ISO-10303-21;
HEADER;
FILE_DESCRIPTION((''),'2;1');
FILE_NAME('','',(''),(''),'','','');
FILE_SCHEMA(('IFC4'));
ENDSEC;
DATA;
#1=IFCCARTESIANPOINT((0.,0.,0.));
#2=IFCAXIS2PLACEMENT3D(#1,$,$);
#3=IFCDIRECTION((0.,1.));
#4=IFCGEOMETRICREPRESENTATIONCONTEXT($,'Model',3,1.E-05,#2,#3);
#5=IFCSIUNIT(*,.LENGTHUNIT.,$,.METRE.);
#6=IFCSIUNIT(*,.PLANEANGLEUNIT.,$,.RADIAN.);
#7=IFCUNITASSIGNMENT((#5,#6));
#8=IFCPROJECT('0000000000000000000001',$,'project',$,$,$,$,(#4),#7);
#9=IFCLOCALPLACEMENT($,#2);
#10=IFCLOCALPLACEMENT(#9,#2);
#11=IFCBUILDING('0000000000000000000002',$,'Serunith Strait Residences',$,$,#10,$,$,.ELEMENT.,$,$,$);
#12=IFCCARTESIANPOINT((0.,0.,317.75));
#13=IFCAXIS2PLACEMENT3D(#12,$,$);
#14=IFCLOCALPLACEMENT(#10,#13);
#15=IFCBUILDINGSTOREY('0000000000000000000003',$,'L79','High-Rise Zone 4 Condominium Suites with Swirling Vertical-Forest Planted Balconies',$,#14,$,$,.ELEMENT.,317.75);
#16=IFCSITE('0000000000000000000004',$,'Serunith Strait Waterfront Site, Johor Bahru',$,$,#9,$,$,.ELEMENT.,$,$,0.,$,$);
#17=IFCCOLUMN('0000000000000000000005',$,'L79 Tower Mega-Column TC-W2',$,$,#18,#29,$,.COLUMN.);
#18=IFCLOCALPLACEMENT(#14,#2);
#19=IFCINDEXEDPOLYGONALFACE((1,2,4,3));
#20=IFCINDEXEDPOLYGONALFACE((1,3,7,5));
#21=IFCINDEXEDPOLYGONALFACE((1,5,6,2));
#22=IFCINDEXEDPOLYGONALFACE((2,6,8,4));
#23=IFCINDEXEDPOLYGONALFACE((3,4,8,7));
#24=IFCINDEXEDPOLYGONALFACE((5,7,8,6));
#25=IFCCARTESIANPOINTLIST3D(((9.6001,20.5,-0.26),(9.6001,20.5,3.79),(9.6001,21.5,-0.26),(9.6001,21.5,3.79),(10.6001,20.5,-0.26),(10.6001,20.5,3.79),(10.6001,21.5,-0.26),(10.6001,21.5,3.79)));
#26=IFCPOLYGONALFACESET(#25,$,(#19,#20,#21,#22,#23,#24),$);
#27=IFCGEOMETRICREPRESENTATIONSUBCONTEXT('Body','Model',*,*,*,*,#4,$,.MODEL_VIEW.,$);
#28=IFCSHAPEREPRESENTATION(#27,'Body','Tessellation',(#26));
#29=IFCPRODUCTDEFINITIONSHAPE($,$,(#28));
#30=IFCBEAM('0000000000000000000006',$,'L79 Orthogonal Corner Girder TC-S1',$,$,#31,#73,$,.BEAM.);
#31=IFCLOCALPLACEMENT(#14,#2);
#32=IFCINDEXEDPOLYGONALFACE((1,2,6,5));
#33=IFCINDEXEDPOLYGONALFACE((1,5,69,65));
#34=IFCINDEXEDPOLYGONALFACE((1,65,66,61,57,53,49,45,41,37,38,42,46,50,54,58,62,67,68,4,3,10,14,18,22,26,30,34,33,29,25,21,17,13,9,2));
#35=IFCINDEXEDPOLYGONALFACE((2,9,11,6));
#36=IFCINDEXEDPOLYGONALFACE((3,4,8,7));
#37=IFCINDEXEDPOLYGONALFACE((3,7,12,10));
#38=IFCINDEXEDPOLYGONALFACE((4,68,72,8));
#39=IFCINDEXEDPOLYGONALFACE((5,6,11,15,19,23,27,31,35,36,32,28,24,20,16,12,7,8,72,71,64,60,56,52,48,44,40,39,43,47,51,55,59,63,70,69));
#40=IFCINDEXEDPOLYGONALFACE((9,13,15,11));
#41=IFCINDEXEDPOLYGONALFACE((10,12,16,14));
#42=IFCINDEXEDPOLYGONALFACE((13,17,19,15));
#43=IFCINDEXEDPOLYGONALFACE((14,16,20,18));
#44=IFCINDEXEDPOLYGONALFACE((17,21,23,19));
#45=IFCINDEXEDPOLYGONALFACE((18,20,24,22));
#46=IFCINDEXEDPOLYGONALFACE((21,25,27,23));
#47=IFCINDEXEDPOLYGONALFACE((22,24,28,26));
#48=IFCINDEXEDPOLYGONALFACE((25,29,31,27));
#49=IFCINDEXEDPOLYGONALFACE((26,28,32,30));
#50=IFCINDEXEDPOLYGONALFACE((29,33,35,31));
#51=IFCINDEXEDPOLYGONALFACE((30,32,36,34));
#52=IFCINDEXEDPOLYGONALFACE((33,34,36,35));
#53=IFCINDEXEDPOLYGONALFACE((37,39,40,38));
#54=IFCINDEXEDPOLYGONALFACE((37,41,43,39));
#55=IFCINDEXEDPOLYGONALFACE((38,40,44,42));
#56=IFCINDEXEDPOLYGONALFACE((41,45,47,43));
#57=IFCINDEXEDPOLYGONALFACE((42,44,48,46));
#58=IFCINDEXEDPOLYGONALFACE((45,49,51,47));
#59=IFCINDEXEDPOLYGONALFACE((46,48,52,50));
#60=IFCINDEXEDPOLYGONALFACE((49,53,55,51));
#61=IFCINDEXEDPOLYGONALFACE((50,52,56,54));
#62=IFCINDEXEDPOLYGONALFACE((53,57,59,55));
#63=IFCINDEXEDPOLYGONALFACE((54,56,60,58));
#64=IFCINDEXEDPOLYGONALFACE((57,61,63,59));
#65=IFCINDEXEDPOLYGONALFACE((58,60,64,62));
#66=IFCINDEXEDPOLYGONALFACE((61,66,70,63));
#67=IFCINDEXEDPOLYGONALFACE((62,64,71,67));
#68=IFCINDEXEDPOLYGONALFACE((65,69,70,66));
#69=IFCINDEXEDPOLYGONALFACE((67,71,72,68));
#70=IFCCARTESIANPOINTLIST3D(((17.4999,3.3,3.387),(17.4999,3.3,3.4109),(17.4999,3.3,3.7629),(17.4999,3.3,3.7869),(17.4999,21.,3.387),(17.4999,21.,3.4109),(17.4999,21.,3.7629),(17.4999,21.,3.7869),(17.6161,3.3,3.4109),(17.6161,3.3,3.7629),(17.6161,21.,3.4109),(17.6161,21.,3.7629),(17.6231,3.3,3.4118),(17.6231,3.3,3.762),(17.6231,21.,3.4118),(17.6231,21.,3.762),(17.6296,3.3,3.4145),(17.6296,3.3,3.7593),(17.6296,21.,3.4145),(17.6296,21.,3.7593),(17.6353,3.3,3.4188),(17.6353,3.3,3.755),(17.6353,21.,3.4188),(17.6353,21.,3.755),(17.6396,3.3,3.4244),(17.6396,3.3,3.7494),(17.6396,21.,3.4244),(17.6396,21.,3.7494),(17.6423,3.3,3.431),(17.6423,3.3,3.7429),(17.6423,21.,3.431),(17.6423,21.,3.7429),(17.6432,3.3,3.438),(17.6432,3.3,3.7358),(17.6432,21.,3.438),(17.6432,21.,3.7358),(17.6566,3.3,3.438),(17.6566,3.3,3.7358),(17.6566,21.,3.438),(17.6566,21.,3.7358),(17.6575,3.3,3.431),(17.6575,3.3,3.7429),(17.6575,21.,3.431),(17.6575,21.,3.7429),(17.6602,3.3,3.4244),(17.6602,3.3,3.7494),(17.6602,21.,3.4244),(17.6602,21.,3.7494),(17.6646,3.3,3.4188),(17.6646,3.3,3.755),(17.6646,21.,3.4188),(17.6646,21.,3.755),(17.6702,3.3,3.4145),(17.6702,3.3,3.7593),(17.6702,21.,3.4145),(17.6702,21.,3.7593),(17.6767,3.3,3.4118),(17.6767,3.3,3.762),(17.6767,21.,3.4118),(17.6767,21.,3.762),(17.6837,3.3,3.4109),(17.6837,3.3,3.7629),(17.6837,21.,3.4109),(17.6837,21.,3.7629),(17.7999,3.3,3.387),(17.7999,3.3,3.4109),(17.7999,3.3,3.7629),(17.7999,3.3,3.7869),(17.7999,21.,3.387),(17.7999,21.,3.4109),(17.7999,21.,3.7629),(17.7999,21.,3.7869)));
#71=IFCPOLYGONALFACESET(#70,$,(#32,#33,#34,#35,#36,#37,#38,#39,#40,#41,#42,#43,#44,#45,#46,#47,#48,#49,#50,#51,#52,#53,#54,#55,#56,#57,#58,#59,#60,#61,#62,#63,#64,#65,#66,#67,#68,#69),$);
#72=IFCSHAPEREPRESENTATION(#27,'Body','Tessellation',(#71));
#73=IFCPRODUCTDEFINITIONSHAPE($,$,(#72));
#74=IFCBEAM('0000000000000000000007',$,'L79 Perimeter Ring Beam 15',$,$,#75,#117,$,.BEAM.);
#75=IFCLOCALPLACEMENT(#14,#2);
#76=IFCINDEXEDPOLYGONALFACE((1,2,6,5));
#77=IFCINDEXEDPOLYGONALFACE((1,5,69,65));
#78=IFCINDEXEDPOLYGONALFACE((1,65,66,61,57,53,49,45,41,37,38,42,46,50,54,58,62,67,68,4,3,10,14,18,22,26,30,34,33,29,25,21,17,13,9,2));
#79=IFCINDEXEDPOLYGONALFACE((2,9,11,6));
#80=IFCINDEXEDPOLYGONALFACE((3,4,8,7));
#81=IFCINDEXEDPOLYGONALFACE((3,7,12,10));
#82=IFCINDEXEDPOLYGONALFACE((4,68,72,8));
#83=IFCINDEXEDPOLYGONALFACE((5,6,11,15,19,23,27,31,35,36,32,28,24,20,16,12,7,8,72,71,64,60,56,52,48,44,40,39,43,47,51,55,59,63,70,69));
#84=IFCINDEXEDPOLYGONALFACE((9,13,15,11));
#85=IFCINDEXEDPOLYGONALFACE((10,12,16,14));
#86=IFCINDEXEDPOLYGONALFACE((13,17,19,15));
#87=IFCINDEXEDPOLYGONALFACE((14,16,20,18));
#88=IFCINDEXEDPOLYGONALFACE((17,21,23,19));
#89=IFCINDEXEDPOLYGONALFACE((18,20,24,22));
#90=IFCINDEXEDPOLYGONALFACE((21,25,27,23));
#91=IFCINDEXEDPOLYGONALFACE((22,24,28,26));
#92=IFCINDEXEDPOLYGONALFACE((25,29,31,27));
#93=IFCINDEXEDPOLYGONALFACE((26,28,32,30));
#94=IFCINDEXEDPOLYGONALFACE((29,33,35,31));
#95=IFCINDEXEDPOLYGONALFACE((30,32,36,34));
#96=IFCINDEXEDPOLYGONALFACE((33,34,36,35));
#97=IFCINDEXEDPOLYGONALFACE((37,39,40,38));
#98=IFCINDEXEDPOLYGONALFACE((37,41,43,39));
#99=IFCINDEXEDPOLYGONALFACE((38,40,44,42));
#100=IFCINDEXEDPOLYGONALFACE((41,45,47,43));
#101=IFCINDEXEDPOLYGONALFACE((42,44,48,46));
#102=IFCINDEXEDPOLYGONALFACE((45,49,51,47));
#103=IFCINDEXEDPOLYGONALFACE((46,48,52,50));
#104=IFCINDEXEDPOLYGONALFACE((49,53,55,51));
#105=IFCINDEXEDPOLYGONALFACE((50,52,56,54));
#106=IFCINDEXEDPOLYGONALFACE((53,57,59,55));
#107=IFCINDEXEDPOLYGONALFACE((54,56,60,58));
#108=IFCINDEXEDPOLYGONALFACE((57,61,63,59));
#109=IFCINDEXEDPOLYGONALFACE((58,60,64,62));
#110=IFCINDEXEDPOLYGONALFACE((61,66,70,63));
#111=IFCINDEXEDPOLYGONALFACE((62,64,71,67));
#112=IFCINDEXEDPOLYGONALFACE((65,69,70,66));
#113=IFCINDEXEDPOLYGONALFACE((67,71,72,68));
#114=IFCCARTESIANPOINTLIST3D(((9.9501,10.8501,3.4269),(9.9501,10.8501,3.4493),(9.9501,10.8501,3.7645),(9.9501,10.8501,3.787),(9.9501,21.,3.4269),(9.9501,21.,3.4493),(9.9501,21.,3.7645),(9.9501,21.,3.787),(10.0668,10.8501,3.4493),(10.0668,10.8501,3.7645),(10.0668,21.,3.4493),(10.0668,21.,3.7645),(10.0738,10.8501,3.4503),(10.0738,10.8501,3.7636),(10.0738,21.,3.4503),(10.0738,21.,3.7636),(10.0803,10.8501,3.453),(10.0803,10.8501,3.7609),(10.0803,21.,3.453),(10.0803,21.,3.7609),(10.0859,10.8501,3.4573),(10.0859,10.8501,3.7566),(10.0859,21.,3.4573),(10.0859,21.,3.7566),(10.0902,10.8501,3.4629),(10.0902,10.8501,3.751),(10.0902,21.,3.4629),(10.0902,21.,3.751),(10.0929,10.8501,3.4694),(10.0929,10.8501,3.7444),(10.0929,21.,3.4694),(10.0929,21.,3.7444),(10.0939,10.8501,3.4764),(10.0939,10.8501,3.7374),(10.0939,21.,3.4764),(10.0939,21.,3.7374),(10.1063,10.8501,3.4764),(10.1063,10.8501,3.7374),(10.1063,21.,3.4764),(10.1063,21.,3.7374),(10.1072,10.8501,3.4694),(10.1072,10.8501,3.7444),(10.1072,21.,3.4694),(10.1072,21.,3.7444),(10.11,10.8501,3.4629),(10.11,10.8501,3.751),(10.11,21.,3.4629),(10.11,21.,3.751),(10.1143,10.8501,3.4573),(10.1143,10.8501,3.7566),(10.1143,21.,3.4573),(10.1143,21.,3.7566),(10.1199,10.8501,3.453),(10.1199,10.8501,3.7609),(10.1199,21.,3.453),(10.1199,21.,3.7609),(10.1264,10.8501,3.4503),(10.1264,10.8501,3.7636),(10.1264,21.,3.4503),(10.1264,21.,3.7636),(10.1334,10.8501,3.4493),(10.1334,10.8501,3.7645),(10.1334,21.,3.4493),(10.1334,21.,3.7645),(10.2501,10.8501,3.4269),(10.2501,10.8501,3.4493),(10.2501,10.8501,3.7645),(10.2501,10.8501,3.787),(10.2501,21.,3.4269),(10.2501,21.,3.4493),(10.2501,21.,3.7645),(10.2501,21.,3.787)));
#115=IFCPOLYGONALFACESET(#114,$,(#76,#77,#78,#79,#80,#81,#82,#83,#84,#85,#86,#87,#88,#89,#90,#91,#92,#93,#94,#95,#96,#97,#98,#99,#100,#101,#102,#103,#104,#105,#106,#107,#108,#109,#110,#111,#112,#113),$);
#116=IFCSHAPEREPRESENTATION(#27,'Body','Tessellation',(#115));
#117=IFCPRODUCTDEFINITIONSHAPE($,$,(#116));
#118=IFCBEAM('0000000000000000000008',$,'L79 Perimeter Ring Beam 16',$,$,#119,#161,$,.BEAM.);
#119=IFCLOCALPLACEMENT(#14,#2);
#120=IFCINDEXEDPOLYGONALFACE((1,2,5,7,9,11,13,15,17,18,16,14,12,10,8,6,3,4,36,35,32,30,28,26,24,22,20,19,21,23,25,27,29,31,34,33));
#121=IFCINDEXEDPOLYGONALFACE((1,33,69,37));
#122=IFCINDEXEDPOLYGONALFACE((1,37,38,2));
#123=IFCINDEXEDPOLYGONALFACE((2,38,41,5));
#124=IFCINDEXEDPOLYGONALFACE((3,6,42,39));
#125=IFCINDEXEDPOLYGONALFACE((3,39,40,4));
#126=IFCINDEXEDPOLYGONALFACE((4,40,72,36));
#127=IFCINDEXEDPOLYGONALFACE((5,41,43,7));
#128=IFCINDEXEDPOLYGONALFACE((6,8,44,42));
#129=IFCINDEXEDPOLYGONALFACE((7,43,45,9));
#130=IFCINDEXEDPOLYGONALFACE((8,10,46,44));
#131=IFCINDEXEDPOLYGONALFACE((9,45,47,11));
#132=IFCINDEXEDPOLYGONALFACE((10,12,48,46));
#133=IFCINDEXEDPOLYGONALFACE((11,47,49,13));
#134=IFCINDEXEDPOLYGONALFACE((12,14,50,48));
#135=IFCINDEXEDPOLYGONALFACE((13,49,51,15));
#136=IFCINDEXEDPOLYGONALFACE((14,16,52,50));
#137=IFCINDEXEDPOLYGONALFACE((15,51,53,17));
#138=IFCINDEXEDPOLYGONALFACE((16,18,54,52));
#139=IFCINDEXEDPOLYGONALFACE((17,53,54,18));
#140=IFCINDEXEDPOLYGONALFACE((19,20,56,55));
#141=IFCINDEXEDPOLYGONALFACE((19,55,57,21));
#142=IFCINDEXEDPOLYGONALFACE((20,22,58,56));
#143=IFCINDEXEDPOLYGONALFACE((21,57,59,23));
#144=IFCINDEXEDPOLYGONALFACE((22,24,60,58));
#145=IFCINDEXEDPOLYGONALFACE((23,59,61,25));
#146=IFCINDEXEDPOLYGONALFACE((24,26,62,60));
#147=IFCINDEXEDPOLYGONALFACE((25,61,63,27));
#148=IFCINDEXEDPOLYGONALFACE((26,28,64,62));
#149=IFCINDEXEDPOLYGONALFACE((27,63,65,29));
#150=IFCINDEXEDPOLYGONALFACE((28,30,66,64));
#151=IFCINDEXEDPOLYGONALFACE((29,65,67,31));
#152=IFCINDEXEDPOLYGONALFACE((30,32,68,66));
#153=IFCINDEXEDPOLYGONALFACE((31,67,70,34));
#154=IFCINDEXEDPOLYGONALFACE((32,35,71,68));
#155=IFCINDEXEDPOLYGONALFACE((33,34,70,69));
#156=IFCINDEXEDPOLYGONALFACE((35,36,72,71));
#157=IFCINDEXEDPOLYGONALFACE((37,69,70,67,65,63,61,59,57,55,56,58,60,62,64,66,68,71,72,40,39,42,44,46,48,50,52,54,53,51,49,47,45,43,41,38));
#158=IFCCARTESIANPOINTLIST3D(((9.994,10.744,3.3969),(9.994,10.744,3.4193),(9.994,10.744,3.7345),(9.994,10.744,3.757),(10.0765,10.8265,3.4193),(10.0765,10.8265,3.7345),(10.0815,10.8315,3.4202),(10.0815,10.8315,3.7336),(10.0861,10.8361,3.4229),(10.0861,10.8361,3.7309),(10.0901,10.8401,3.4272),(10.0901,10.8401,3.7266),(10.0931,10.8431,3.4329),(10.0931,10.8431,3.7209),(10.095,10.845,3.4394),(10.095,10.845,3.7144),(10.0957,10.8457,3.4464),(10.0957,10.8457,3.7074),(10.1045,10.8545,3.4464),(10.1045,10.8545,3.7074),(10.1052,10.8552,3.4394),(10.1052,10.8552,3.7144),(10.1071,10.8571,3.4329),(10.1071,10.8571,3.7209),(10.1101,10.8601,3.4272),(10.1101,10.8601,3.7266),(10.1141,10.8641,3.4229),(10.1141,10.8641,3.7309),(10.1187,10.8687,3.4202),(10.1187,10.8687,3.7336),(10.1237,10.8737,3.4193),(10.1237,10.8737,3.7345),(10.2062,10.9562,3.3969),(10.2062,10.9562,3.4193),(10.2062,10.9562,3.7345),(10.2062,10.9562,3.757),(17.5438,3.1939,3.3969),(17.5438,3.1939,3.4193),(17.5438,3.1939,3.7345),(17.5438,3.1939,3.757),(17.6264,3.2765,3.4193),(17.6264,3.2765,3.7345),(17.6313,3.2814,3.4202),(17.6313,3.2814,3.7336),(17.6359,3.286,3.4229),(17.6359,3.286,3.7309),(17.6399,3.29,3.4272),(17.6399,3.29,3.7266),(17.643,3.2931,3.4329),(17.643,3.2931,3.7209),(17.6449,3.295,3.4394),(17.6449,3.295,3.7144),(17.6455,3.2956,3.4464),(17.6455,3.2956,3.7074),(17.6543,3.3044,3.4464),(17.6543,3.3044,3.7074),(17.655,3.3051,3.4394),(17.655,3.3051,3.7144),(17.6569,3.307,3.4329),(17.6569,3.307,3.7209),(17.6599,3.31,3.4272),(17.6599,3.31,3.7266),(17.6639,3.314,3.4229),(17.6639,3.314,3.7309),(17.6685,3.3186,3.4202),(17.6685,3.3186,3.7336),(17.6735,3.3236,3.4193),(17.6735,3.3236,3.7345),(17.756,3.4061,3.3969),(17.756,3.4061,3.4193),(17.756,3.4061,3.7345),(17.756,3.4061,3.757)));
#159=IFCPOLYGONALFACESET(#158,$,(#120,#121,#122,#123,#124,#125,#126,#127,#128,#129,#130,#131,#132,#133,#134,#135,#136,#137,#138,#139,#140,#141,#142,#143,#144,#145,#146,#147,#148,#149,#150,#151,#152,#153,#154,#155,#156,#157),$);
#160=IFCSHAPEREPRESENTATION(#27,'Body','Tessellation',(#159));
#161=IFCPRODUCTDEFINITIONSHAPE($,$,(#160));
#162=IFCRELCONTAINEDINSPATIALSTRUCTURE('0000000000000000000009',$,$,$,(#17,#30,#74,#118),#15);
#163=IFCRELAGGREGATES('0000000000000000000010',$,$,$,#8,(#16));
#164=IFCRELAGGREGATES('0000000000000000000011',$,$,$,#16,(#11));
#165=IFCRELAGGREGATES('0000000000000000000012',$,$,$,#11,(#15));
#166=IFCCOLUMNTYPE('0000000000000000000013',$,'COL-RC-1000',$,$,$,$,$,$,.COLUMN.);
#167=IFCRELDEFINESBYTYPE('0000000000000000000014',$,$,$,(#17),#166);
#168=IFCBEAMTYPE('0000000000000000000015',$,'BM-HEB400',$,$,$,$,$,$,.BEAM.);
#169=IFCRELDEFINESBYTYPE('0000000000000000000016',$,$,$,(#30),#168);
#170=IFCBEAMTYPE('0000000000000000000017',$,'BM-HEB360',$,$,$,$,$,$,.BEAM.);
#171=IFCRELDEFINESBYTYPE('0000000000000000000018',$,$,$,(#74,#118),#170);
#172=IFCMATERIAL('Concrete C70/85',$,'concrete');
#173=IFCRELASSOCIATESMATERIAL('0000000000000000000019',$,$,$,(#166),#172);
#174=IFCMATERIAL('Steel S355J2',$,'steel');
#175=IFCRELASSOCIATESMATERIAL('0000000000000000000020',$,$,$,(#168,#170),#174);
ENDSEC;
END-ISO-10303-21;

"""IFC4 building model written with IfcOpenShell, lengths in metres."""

from ifc_helpers import new_model, si_unit, direction, frame, origin, origin_2d, place, context, subcontext, project, spatial, rectangle, i_section, extrude, source, transform, mapped, material, material_profile, profile_set, type_object, element, save


model = new_model("IFC4")

# Units and contexts
model_context = context("Model", 3, precision=1e-05, world=origin(), true_north=direction((0.0, 1.0)))
body_context = subcontext(model_context, "Body", "Model", "MODEL_VIEW")
ifc_project = project(units=[si_unit("LENGTHUNIT", "METRE"), si_unit("PLANEANGLEUNIT", "RADIAN")], contexts=[model_context])

# Site, building, storey
site_placement = place(None, origin())
site = spatial("IfcSite", under=ifc_project, at=site_placement, Name="Serunith Strait Waterfront Site, Johor Bahru", CompositionType="ELEMENT", RefElevation=0.0)
building_placement = place(site_placement, origin())
building = spatial("IfcBuilding", under=site, at=building_placement, Name="Serunith Strait Residences", CompositionType="ELEMENT")
storey_placement = place(building_placement, frame((0.0, 0.0, 317.75)))
storey = spatial("IfcBuildingStorey", under=building, at=storey_placement, Name="L79", Description="High-Rise Zone 4 Condominium Suites with Swirling Vertical-Forest Planted Balconies", CompositionType="ELEMENT", Elevation=317.75)

# Column
ifc_material_1 = material(Name="Concrete C70/85", Category="concrete")
ifc_material_profile_1 = material_profile(ifc_material_1, rectangle(XDim=1.0, YDim=1.0, at=origin_2d()), Name="RC 1000x1000")
ifc_profile_set_1 = profile_set([ifc_material_profile_1], Name="Concrete C70/85")
column_type = type_object("IfcColumnType", Name="COL-RC-1000", PredefinedType="COLUMN", material=ifc_profile_set_1)
shared_shape_1 = source(origin(), body_context, "Body", "SweptSolid", [
    extrude(rectangle(XDim=1.0, YDim=1.0, at=origin_2d()), origin(), (0.0, 0.0, 1.0), 4.05),
])
column_placement = place(storey_placement, frame((10.1001, 21.0, -0.26), z_axis=(0.0, 0.0, 1.0), x_axis=(1.0, 0.0, 0.0)))
element("IfcColumn", 1, at=column_placement, inside=storey, type_object=column_type, Name="L79 Tower Mega-Column TC-W2", PredefinedType="COLUMN", context=body_context, shape_type="MappedRepresentation", body=[
    mapped(shared_shape_1, transform((0.0, 0.0, 0.0), scale=1.0)),
])

# Beams
ifc_material_2 = material(Name="Steel S355J2", Category="steel")
ifc_material_profile_2 = material_profile(ifc_material_2, i_section(OverallWidth=0.3, OverallDepth=0.3999, WebThickness=0.0134, FlangeThickness=0.0239, FilletRadius=0.0271, at=origin_2d()), Name="HEB 400")
ifc_profile_set_2 = profile_set([ifc_material_profile_2], Name="Steel S355J2")
beam_type_1 = type_object("IfcBeamType", Name="BM-HEB400", PredefinedType="BEAM", material=ifc_profile_set_2)
shared_shape_2 = source(origin(), body_context, "Body", "SweptSolid", [
    extrude(i_section(OverallWidth=0.3, OverallDepth=0.3999, WebThickness=0.0134, FlangeThickness=0.0239, FilletRadius=0.0271, at=origin_2d()), origin(), (0.0, 0.0, 1.0), 17.7),
])
beam_1_placement = place(storey_placement, frame((17.6499, 21.0, 3.5869), z_axis=(0.0, -1.0, 0.0), x_axis=(1.0, 0.0, 0.0)))
element("IfcBeam", 2, at=beam_1_placement, inside=storey, type_object=beam_type_1, Name="L79 Orthogonal Corner Girder TC-S1", PredefinedType="BEAM", context=body_context, shape_type="MappedRepresentation", body=[
    mapped(shared_shape_2, transform((0.0, 0.0, 0.0), scale=1.0)),
])
ifc_material_profile_3 = material_profile(ifc_material_2, i_section(OverallWidth=0.3, OverallDepth=0.3601, WebThickness=0.0125, FlangeThickness=0.0225, FilletRadius=0.0271, at=origin_2d()), Name="HEB 360")
ifc_profile_set_3 = profile_set([ifc_material_profile_3], Name="Steel S355J2")
beam_type_2 = type_object("IfcBeamType", Name="BM-HEB360", PredefinedType="BEAM", material=ifc_profile_set_3)
shared_shape_3 = source(origin(), body_context, "Body", "SweptSolid", [
    extrude(i_section(OverallWidth=0.3, OverallDepth=0.3601, WebThickness=0.0125, FlangeThickness=0.0225, FilletRadius=0.0271, at=origin_2d()), origin(), (0.0, 0.0, 1.0), 10.1499),
])
beam_2_placement = place(storey_placement, frame((10.1001, 21.0, 3.6069), z_axis=(0.0, -1.0, 0.0), x_axis=(1.0, 0.0, 0.0)))
element("IfcBeam", 3, at=beam_2_placement, inside=storey, type_object=beam_type_2, Name="L79 Perimeter Ring Beam 15", PredefinedType="BEAM", context=body_context, shape_type="MappedRepresentation", body=[
    mapped(shared_shape_3, transform((0.0, 0.0, 0.0), scale=1.0)),
])
shared_shape_4 = source(origin(), body_context, "Body", "SweptSolid", [
    extrude(i_section(OverallWidth=0.3, OverallDepth=0.3601, WebThickness=0.0125, FlangeThickness=0.0225, FilletRadius=0.0271, at=origin_2d()), origin(), (0.0, 0.0, 1.0), 10.6772),
])
beam_3_placement = place(storey_placement, frame((10.1001, 10.8501, 3.5769), z_axis=(0.707095, -0.707118, 0.0), x_axis=(0.707118, 0.707095, 0.0)))
element("IfcBeam", 4, at=beam_3_placement, inside=storey, type_object=beam_type_2, Name="L79 Perimeter Ring Beam 16", PredefinedType="BEAM", context=body_context, shape_type="MappedRepresentation", body=[
    mapped(shared_shape_4, transform((0.0, 0.0, 0.0), scale=1.0)),
])

save(model, "model.ifc")
